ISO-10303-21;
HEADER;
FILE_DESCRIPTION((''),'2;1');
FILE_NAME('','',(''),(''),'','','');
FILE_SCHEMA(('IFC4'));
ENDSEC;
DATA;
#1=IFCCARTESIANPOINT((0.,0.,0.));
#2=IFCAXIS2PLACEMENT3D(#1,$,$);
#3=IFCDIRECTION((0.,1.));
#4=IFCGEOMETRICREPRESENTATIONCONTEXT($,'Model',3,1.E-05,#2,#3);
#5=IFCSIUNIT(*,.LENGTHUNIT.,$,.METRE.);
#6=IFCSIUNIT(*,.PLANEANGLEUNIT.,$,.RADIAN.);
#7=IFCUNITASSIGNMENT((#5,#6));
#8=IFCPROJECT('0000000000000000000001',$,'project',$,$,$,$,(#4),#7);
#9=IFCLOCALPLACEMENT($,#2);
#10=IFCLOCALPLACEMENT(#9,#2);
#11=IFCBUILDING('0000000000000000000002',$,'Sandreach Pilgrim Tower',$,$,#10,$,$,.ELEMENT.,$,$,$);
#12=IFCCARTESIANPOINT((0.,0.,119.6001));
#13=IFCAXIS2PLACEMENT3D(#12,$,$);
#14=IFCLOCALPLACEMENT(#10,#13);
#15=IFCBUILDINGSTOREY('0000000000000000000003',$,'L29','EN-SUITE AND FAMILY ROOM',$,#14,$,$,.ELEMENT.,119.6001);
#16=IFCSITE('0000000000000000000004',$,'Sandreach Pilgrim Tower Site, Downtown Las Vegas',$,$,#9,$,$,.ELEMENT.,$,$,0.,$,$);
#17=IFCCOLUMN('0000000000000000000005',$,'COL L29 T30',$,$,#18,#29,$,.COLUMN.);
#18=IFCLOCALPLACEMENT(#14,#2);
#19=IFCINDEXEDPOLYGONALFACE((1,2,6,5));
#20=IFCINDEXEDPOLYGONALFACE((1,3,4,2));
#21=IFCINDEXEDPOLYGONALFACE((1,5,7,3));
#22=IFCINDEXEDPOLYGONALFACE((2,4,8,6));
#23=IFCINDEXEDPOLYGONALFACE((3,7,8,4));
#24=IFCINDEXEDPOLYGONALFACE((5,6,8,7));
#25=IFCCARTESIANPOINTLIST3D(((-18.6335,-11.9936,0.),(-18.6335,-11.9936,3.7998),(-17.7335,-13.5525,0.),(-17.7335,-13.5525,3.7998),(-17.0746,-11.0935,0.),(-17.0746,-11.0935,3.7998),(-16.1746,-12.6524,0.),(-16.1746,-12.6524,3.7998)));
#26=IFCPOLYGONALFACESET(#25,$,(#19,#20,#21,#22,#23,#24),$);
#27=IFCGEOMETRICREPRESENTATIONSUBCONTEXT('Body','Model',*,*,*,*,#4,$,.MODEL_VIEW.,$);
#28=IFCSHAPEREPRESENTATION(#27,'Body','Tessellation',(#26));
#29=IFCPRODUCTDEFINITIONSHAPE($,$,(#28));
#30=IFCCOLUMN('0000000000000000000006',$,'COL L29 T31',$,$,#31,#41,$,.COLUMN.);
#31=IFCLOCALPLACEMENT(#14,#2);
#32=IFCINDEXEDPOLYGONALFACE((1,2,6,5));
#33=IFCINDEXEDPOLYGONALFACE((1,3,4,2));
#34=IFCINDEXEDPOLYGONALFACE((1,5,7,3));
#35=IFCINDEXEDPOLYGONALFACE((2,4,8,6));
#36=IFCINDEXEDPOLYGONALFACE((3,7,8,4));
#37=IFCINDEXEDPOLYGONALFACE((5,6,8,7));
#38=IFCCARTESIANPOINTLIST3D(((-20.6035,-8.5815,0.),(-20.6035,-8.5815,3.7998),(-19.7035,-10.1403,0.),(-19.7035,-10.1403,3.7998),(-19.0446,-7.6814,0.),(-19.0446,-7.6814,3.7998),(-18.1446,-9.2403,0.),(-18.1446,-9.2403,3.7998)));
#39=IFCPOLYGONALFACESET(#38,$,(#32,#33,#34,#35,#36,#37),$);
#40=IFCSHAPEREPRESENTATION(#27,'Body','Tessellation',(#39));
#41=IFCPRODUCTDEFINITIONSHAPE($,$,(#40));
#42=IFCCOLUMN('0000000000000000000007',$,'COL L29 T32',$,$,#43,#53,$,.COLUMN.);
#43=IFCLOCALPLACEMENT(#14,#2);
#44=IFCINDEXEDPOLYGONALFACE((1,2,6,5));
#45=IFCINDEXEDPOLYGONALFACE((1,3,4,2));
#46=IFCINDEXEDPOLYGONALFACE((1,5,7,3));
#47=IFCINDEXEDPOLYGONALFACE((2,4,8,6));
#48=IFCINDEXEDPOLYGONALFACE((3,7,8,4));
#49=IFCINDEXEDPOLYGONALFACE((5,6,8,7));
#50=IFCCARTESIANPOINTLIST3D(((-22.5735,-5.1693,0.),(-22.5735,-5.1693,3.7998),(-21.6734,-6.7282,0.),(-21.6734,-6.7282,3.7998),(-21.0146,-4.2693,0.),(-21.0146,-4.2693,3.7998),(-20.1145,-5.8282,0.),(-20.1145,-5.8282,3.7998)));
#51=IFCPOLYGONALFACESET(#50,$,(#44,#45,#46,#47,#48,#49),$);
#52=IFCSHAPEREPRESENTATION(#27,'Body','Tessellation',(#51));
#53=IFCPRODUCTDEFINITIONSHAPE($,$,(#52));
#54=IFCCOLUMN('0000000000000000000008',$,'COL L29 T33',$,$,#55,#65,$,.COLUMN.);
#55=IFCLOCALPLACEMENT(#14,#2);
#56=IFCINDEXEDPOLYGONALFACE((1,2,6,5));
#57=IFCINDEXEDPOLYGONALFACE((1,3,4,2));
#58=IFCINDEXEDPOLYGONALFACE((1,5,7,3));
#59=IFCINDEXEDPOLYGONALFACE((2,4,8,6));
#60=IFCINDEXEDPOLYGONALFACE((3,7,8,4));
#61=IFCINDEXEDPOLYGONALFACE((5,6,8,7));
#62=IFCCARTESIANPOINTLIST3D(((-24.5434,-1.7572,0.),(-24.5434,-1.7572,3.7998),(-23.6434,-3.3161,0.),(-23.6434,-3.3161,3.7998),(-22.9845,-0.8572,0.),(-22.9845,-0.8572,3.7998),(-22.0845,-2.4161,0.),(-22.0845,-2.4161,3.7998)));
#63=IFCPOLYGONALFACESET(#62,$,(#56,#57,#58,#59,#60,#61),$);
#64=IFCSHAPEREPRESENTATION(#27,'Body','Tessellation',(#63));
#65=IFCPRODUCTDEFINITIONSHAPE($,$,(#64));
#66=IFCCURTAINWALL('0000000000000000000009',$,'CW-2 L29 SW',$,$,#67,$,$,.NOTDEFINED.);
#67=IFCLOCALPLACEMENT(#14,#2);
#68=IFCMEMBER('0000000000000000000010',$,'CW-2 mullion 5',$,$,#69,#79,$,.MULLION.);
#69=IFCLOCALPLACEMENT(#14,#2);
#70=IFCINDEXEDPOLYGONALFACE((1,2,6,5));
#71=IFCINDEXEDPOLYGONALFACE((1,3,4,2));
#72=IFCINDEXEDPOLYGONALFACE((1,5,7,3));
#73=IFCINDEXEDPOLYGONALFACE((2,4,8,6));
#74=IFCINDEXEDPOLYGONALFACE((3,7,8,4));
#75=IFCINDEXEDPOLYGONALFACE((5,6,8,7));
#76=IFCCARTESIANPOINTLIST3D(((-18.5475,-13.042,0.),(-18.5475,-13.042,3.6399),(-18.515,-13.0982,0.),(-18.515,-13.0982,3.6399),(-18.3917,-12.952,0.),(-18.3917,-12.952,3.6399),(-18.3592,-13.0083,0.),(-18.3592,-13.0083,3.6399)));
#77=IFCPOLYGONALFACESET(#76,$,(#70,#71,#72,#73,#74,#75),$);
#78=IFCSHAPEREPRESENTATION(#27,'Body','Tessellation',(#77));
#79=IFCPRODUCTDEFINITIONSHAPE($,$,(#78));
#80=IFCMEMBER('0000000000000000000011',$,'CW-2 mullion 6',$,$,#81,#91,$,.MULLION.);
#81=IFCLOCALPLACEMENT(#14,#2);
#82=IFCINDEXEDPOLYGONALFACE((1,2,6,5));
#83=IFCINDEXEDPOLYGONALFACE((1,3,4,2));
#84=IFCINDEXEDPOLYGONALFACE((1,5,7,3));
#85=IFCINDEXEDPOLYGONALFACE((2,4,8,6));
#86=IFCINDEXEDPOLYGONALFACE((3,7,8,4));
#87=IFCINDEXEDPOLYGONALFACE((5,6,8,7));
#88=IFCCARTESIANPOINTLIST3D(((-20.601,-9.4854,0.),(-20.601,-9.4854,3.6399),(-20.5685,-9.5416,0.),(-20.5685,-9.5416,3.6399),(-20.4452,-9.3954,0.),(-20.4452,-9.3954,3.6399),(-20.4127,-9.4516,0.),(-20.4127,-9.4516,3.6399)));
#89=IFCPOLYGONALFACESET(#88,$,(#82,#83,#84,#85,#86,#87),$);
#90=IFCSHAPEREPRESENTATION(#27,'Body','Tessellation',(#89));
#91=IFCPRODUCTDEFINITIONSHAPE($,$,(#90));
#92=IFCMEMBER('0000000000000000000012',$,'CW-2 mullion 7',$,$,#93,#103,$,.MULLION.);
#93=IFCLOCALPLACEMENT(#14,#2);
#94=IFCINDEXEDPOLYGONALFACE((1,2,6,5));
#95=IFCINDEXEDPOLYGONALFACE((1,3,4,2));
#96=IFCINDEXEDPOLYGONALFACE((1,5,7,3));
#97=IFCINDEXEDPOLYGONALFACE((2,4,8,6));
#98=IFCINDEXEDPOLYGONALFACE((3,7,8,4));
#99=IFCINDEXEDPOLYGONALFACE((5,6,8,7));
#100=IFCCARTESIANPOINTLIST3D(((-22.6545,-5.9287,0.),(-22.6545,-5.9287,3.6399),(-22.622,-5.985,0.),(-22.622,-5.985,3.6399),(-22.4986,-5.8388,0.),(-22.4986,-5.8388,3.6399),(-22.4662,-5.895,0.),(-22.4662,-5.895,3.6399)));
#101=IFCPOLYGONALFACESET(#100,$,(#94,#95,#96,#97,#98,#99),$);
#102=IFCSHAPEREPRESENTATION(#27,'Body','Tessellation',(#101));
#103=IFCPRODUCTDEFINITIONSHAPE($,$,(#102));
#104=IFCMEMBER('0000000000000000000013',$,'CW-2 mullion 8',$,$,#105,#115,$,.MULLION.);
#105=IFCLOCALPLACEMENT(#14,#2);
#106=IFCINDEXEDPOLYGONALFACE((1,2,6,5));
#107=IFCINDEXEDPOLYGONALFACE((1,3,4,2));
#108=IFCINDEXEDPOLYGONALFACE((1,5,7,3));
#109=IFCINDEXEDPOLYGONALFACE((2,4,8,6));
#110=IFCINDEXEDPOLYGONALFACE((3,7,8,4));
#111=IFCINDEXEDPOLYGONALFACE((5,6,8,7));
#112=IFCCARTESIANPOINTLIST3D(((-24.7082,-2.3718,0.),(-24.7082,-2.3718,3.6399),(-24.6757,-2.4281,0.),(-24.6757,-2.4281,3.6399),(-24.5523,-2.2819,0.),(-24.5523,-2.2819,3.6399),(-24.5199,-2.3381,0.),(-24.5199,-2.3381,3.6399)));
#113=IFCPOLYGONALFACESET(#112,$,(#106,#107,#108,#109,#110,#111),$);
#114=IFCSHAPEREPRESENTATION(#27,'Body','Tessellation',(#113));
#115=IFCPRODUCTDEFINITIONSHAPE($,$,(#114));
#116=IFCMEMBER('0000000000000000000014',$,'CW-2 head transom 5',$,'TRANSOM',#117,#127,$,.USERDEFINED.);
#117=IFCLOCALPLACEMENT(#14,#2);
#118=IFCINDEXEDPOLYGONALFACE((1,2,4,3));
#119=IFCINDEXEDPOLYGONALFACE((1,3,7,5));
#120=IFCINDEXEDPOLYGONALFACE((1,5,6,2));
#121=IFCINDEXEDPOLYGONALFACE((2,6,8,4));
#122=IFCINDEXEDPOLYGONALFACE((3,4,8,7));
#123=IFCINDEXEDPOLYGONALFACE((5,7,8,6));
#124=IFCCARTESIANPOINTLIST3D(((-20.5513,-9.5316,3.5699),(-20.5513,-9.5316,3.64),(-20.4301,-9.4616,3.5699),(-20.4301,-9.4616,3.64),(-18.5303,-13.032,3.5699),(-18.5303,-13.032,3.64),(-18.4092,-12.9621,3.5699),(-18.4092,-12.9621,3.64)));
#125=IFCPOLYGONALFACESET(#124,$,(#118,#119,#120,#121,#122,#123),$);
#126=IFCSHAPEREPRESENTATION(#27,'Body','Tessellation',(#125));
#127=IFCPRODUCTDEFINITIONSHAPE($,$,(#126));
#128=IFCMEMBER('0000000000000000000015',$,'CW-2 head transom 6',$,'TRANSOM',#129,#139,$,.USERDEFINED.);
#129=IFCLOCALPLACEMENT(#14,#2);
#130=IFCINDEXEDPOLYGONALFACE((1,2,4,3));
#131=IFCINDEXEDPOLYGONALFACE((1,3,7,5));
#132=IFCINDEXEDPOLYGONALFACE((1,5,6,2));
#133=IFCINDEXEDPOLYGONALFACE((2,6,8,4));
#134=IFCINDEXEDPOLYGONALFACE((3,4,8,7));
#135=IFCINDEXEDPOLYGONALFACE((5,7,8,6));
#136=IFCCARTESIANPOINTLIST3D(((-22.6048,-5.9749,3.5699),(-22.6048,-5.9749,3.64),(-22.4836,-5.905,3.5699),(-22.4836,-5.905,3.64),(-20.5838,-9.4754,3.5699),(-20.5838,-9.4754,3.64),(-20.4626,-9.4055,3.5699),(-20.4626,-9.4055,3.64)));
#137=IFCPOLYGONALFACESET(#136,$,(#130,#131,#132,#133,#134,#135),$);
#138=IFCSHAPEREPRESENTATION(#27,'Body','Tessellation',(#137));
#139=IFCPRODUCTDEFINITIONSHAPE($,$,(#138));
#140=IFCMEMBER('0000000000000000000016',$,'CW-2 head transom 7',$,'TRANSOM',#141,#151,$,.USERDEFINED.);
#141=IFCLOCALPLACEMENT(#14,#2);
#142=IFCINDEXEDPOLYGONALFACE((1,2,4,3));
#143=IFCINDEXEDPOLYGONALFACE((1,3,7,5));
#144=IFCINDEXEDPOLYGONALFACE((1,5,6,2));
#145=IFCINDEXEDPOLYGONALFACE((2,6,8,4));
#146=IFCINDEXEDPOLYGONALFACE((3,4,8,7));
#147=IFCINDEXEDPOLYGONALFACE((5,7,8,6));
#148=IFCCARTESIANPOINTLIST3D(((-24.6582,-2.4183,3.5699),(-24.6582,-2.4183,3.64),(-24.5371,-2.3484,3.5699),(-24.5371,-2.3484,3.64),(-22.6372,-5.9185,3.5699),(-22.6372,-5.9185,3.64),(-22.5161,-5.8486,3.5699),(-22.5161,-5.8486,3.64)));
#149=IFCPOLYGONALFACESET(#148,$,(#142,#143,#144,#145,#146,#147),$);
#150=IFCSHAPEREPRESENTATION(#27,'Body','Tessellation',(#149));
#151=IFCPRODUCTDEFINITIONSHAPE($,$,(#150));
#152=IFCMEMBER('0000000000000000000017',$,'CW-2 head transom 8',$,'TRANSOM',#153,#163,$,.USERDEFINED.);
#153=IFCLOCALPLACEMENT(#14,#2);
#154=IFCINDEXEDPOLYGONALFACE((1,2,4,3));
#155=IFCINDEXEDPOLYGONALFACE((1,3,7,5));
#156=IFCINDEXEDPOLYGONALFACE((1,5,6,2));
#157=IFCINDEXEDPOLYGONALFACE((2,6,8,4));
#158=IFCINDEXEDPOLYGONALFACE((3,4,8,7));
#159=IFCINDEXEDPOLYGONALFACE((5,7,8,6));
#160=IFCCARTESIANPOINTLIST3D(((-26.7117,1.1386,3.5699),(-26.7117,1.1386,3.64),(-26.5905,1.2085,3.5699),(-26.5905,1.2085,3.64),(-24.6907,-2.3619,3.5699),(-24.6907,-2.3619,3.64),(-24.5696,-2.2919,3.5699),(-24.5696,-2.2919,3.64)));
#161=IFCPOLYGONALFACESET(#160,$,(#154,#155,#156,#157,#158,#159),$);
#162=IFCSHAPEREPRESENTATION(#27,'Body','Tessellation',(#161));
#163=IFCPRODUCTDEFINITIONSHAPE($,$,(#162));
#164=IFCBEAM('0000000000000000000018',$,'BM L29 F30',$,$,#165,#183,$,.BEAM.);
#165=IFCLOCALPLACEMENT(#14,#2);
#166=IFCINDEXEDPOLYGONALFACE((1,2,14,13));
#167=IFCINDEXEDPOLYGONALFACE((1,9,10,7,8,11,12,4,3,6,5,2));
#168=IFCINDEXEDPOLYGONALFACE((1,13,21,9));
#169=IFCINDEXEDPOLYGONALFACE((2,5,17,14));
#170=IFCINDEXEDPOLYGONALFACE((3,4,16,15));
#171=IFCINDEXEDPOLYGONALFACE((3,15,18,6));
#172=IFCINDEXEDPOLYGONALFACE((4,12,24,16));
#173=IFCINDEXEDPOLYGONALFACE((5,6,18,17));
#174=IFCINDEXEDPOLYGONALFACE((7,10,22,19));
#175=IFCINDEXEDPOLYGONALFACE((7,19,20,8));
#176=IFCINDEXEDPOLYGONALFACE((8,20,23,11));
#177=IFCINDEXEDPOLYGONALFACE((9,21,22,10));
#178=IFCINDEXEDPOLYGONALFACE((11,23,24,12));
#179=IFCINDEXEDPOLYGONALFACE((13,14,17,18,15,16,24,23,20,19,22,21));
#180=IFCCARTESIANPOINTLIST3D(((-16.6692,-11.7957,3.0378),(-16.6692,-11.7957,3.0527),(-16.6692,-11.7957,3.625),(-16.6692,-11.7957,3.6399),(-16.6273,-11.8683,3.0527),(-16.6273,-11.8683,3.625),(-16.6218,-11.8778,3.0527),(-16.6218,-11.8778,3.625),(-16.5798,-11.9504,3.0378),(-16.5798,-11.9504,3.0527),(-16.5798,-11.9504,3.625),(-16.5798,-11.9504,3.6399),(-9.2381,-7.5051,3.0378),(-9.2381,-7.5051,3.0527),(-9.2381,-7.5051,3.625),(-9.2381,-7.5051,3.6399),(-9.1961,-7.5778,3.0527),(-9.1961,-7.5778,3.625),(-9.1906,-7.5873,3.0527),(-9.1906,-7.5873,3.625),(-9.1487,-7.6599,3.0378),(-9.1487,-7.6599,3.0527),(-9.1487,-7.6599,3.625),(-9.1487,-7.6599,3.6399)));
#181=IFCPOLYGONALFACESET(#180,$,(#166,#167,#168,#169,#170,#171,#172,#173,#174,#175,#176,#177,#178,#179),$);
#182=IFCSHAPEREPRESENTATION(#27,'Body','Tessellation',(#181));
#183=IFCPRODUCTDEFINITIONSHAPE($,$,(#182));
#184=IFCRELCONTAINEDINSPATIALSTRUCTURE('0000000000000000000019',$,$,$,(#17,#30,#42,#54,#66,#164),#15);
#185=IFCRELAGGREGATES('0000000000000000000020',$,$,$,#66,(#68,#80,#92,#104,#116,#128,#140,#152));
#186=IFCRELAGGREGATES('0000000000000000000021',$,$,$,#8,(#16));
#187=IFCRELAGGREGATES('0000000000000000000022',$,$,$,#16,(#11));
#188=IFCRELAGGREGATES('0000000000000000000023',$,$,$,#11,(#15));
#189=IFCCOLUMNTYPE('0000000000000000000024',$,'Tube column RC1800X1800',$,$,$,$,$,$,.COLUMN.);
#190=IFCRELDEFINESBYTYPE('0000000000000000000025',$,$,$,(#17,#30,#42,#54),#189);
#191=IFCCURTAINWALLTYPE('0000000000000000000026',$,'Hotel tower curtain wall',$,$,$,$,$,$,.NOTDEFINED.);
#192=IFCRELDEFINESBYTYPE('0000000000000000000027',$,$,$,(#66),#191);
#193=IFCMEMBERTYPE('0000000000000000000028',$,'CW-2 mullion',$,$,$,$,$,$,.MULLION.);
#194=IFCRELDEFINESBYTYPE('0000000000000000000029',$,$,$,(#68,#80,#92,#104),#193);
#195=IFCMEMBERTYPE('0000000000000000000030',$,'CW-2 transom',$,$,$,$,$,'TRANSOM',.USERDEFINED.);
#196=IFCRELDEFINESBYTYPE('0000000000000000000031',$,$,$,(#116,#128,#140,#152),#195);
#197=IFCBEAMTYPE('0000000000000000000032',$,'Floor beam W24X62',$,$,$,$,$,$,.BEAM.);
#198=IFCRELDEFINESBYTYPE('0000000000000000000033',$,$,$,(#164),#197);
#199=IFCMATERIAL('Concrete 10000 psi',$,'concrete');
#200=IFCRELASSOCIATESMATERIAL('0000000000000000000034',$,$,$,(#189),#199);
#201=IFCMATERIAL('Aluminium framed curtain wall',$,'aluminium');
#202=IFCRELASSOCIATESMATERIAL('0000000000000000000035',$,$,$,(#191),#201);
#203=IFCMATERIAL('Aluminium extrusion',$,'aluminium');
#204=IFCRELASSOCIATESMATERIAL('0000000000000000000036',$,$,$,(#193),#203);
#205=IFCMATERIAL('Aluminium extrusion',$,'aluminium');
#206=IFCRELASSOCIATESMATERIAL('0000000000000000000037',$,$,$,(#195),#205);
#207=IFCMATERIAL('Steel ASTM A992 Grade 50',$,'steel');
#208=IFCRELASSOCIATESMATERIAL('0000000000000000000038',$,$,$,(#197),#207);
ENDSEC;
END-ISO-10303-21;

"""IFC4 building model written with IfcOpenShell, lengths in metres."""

from ifc_helpers import new_model, si_unit, direction, frame, origin, origin_2d, place, context, subcontext, project, spatial, rectangle, i_section, extrude, material, material_profile, profile_set, type_object, element, aggregate, save


model = new_model("IFC4")

# Units and contexts
model_context = context("Model", 3, precision=1e-05, world=origin(), true_north=direction((0.0, 1.0)))
body_context = subcontext(model_context, "Body", "Model", "MODEL_VIEW")
ifc_project = project(units=[si_unit("LENGTHUNIT", "METRE"), si_unit("PLANEANGLEUNIT", "RADIAN")], contexts=[model_context])

# Site, building, storey
site_placement = place(None, origin())
site = spatial("IfcSite", under=ifc_project, at=site_placement, Name="Sandreach Pilgrim Tower Site, Downtown Las Vegas", CompositionType="ELEMENT", RefElevation=0.0)
building_placement = place(site_placement, origin())
building = spatial("IfcBuilding", under=site, at=building_placement, Name="Sandreach Pilgrim Tower", CompositionType="ELEMENT")
storey_placement = place(building_placement, frame((0.0, 0.0, 119.6001)))
storey = spatial("IfcBuildingStorey", under=building, at=storey_placement, Name="L29", Description="EN-SUITE AND FAMILY ROOM", CompositionType="ELEMENT", Elevation=119.6001)

# Columns
ifc_material_1 = material(Name="Concrete 10000 psi", Category="concrete")
ifc_material_profile_1 = material_profile(ifc_material_1, rectangle(XDim=1.8, YDim=1.8, at=origin_2d()), Name="RC1800X1800")
ifc_profile_set_1 = profile_set([ifc_material_profile_1], Name="Concrete 10000 psi")
column_type = type_object("IfcColumnType", Name="Tube column RC1800X1800", PredefinedType="COLUMN", material=ifc_profile_set_1)
for number, where, z_axis, x_axis, name in (
    (1, (-17.4041, -12.323, 0.0), (0.0, 0.0, 1.0), (-0.866025, -0.5, 0.0), "COL L29 T30"),
    (2, (-19.374, -8.9109, 0.0), (0.0, 0.0, 1.0), (-0.866025, -0.5, 0.0), "COL L29 T31"),
    (3, (-21.344, -5.4988, 0.0), (0.0, 0.0, 1.0), (-0.866025, -0.5, 0.0), "COL L29 T32"),
    (4, (-23.314, -2.0867, 0.0), (0.0, 0.0, 1.0), (-0.866025, -0.5, 0.0), "COL L29 T33"),
):
    element("IfcColumn", number, at=place(storey_placement, frame(where, z_axis=z_axis, x_axis=x_axis)), inside=storey, type_object=column_type, Name=name, PredefinedType="COLUMN", context=body_context, shape_type="SweptSolid", body=[
        extrude(rectangle(XDim=1.8, YDim=1.8, at=origin_2d()), origin(), (0.0, 0.0, 1.0), 3.7998),
    ])

# Curtain wall, members
ifc_material_2 = material(Name="Aluminium framed curtain wall", Category="aluminium")
curtain_wall_type = type_object("IfcCurtainWallType", Name="Hotel tower curtain wall", PredefinedType="NOTDEFINED", material=ifc_material_2)
curtain_wall_placement = place(storey_placement, origin())
curtain_wall = element("IfcCurtainWall", 5, at=curtain_wall_placement, inside=storey, type_object=curtain_wall_type, Name="CW-2 L29 SW", PredefinedType="NOTDEFINED")
ifc_material_3 = material(Name="Aluminium extrusion", Category="aluminium")
ifc_material_profile_2 = material_profile(ifc_material_3, rectangle(XDim=0.0649, YDim=0.1799, at=origin_2d()), Name="CW-2M 65X180")
ifc_profile_set_2 = profile_set([ifc_material_profile_2], Name="Aluminium extrusion")
member_type_1 = type_object("IfcMemberType", Name="CW-2 mullion", PredefinedType="MULLION", material=ifc_profile_set_2)
member_1_placement = place(storey_placement, frame((-18.4534, -13.0251, 0.0), z_axis=(0.0, 0.0, 1.0), x_axis=(-0.5, 0.866025, 0.0)))
member_1 = element("IfcMember", 6, at=member_1_placement, type_object=member_type_1, Name="CW-2 mullion 5", PredefinedType="MULLION", context=body_context, shape_type="SweptSolid", body=[
    extrude(rectangle(XDim=0.0649, YDim=0.1799, at=origin_2d()), origin(), (0.0, 0.0, 1.0), 3.6399),
])
member_2_placement = place(storey_placement, frame((-20.5068, -9.4685, 0.0), z_axis=(0.0, 0.0, 1.0), x_axis=(-0.5, 0.866025, 0.0)))
member_2 = element("IfcMember", 7, at=member_2_placement, type_object=member_type_1, Name="CW-2 mullion 6", PredefinedType="MULLION", context=body_context, shape_type="SweptSolid", body=[
    extrude(rectangle(XDim=0.0649, YDim=0.1799, at=origin_2d()), origin(), (0.0, 0.0, 1.0), 3.6399),
])
member_3_placement = place(storey_placement, frame((-22.5603, -5.9119, 0.0), z_axis=(0.0, 0.0, 1.0), x_axis=(-0.5, 0.866025, 0.0)))
member_3 = element("IfcMember", 8, at=member_3_placement, type_object=member_type_1, Name="CW-2 mullion 7", PredefinedType="MULLION", context=body_context, shape_type="SweptSolid", body=[
    extrude(rectangle(XDim=0.0649, YDim=0.1799, at=origin_2d()), origin(), (0.0, 0.0, 1.0), 3.6399),
])
member_4_placement = place(storey_placement, frame((-24.614, -2.355, 0.0), z_axis=(0.0, 0.0, 1.0), x_axis=(-0.5, 0.866025, 0.0)))
member_4 = element("IfcMember", 9, at=member_4_placement, type_object=member_type_1, Name="CW-2 mullion 8", PredefinedType="MULLION", context=body_context, shape_type="SweptSolid", body=[
    extrude(rectangle(XDim=0.0649, YDim=0.1799, at=origin_2d()), origin(), (0.0, 0.0, 1.0), 3.6399),
])
ifc_material_4 = material(Name="Aluminium extrusion", Category="aluminium")
ifc_material_profile_3 = material_profile(ifc_material_4, rectangle(XDim=0.1399, YDim=0.0701, at=origin_2d()), Name="CW-2T 140X70")
ifc_profile_set_3 = profile_set([ifc_material_profile_3], Name="Aluminium extrusion")
member_type_2 = type_object("IfcMemberType", Name="CW-2 transom", ElementType="TRANSOM", PredefinedType="USERDEFINED", material=ifc_profile_set_3)
member_5_placement = place(storey_placement, frame((-18.4697, -12.9971, 3.605), z_axis=(-0.499998, 0.866027, 0.0), x_axis=(-0.866027, -0.499998, 0.0)))
member_5 = element("IfcMember", 10, at=member_5_placement, type_object=member_type_2, Name="CW-2 head transom 5", ObjectType="TRANSOM", PredefinedType="USERDEFINED", context=body_context, shape_type="SweptSolid", body=[
    extrude(rectangle(XDim=0.1399, YDim=0.0701, at=origin_2d()), origin(), (0.0, 0.0, 1.0), 4.042),
])
member_6_placement = place(storey_placement, frame((-20.5232, -9.4404, 3.605), z_axis=(-0.499998, 0.866027, 0.0), x_axis=(-0.866027, -0.499998, 0.0)))
member_6 = element("IfcMember", 11, at=member_6_placement, type_object=member_type_2, Name="CW-2 head transom 6", ObjectType="TRANSOM", PredefinedType="USERDEFINED", context=body_context, shape_type="SweptSolid", body=[
    extrude(rectangle(XDim=0.1399, YDim=0.0701, at=origin_2d()), origin(), (0.0, 0.0, 1.0), 4.042),
])
member_7_placement = place(storey_placement, frame((-22.5767, -5.8835, 3.605), z_axis=(-0.500024, 0.866012, 0.0), x_axis=(-0.866012, -0.500024, 0.0)))
member_7 = element("IfcMember", 12, at=member_7_placement, type_object=member_type_2, Name="CW-2 head transom 7", ObjectType="TRANSOM", PredefinedType="USERDEFINED", context=body_context, shape_type="SweptSolid", body=[
    extrude(rectangle(XDim=0.1399, YDim=0.0701, at=origin_2d()), origin(), (0.0, 0.0, 1.0), 4.0417),
])
member_8_placement = place(storey_placement, frame((-24.6301, -2.3269, 3.605), z_axis=(-0.499998, 0.866027, 0.0), x_axis=(-0.866027, -0.499998, 0.0)))
member_8 = element("IfcMember", 13, at=member_8_placement, type_object=member_type_2, Name="CW-2 head transom 8", ObjectType="TRANSOM", PredefinedType="USERDEFINED", context=body_context, shape_type="SweptSolid", body=[
    extrude(rectangle(XDim=0.1399, YDim=0.0701, at=origin_2d()), origin(), (0.0, 0.0, 1.0), 4.042),
])

# Beam
ifc_material_5 = material(Name="Steel ASTM A992 Grade 50", Category="steel")
ifc_material_profile_4 = material_profile(ifc_material_5, i_section(OverallWidth=0.1787, OverallDepth=0.6021, WebThickness=0.011, FlangeThickness=0.0149, at=origin_2d()), Name="W24X62")
ifc_profile_set_4 = profile_set([ifc_material_profile_4], Name="Steel ASTM A992 Grade 50")
beam_type_1 = type_object("IfcBeamType", Name="Floor beam W24X62", PredefinedType="BEAM", material=ifc_profile_set_4)
beam_1_placement = place(storey_placement, frame((-16.6245, -11.873, 3.3389), z_axis=(0.866018, 0.500013, 0.0), x_axis=(-0.500013, 0.866018, 0.0)))
element("IfcBeam", 14, at=beam_1_placement, inside=storey, type_object=beam_type_1, Name="BM L29 F30", PredefinedType="BEAM", context=body_context, shape_type="SweptSolid", body=[
    extrude(i_section(OverallWidth=0.1787, OverallDepth=0.6021, WebThickness=0.011, FlangeThickness=0.0149, at=origin_2d()), origin(), (0.0, 0.0, 1.0), 8.5808),
])

aggregate(curtain_wall, [member_1, member_2, member_3, member_4, member_5, member_6, member_7, member_8])

save(model, "model.ifc")
